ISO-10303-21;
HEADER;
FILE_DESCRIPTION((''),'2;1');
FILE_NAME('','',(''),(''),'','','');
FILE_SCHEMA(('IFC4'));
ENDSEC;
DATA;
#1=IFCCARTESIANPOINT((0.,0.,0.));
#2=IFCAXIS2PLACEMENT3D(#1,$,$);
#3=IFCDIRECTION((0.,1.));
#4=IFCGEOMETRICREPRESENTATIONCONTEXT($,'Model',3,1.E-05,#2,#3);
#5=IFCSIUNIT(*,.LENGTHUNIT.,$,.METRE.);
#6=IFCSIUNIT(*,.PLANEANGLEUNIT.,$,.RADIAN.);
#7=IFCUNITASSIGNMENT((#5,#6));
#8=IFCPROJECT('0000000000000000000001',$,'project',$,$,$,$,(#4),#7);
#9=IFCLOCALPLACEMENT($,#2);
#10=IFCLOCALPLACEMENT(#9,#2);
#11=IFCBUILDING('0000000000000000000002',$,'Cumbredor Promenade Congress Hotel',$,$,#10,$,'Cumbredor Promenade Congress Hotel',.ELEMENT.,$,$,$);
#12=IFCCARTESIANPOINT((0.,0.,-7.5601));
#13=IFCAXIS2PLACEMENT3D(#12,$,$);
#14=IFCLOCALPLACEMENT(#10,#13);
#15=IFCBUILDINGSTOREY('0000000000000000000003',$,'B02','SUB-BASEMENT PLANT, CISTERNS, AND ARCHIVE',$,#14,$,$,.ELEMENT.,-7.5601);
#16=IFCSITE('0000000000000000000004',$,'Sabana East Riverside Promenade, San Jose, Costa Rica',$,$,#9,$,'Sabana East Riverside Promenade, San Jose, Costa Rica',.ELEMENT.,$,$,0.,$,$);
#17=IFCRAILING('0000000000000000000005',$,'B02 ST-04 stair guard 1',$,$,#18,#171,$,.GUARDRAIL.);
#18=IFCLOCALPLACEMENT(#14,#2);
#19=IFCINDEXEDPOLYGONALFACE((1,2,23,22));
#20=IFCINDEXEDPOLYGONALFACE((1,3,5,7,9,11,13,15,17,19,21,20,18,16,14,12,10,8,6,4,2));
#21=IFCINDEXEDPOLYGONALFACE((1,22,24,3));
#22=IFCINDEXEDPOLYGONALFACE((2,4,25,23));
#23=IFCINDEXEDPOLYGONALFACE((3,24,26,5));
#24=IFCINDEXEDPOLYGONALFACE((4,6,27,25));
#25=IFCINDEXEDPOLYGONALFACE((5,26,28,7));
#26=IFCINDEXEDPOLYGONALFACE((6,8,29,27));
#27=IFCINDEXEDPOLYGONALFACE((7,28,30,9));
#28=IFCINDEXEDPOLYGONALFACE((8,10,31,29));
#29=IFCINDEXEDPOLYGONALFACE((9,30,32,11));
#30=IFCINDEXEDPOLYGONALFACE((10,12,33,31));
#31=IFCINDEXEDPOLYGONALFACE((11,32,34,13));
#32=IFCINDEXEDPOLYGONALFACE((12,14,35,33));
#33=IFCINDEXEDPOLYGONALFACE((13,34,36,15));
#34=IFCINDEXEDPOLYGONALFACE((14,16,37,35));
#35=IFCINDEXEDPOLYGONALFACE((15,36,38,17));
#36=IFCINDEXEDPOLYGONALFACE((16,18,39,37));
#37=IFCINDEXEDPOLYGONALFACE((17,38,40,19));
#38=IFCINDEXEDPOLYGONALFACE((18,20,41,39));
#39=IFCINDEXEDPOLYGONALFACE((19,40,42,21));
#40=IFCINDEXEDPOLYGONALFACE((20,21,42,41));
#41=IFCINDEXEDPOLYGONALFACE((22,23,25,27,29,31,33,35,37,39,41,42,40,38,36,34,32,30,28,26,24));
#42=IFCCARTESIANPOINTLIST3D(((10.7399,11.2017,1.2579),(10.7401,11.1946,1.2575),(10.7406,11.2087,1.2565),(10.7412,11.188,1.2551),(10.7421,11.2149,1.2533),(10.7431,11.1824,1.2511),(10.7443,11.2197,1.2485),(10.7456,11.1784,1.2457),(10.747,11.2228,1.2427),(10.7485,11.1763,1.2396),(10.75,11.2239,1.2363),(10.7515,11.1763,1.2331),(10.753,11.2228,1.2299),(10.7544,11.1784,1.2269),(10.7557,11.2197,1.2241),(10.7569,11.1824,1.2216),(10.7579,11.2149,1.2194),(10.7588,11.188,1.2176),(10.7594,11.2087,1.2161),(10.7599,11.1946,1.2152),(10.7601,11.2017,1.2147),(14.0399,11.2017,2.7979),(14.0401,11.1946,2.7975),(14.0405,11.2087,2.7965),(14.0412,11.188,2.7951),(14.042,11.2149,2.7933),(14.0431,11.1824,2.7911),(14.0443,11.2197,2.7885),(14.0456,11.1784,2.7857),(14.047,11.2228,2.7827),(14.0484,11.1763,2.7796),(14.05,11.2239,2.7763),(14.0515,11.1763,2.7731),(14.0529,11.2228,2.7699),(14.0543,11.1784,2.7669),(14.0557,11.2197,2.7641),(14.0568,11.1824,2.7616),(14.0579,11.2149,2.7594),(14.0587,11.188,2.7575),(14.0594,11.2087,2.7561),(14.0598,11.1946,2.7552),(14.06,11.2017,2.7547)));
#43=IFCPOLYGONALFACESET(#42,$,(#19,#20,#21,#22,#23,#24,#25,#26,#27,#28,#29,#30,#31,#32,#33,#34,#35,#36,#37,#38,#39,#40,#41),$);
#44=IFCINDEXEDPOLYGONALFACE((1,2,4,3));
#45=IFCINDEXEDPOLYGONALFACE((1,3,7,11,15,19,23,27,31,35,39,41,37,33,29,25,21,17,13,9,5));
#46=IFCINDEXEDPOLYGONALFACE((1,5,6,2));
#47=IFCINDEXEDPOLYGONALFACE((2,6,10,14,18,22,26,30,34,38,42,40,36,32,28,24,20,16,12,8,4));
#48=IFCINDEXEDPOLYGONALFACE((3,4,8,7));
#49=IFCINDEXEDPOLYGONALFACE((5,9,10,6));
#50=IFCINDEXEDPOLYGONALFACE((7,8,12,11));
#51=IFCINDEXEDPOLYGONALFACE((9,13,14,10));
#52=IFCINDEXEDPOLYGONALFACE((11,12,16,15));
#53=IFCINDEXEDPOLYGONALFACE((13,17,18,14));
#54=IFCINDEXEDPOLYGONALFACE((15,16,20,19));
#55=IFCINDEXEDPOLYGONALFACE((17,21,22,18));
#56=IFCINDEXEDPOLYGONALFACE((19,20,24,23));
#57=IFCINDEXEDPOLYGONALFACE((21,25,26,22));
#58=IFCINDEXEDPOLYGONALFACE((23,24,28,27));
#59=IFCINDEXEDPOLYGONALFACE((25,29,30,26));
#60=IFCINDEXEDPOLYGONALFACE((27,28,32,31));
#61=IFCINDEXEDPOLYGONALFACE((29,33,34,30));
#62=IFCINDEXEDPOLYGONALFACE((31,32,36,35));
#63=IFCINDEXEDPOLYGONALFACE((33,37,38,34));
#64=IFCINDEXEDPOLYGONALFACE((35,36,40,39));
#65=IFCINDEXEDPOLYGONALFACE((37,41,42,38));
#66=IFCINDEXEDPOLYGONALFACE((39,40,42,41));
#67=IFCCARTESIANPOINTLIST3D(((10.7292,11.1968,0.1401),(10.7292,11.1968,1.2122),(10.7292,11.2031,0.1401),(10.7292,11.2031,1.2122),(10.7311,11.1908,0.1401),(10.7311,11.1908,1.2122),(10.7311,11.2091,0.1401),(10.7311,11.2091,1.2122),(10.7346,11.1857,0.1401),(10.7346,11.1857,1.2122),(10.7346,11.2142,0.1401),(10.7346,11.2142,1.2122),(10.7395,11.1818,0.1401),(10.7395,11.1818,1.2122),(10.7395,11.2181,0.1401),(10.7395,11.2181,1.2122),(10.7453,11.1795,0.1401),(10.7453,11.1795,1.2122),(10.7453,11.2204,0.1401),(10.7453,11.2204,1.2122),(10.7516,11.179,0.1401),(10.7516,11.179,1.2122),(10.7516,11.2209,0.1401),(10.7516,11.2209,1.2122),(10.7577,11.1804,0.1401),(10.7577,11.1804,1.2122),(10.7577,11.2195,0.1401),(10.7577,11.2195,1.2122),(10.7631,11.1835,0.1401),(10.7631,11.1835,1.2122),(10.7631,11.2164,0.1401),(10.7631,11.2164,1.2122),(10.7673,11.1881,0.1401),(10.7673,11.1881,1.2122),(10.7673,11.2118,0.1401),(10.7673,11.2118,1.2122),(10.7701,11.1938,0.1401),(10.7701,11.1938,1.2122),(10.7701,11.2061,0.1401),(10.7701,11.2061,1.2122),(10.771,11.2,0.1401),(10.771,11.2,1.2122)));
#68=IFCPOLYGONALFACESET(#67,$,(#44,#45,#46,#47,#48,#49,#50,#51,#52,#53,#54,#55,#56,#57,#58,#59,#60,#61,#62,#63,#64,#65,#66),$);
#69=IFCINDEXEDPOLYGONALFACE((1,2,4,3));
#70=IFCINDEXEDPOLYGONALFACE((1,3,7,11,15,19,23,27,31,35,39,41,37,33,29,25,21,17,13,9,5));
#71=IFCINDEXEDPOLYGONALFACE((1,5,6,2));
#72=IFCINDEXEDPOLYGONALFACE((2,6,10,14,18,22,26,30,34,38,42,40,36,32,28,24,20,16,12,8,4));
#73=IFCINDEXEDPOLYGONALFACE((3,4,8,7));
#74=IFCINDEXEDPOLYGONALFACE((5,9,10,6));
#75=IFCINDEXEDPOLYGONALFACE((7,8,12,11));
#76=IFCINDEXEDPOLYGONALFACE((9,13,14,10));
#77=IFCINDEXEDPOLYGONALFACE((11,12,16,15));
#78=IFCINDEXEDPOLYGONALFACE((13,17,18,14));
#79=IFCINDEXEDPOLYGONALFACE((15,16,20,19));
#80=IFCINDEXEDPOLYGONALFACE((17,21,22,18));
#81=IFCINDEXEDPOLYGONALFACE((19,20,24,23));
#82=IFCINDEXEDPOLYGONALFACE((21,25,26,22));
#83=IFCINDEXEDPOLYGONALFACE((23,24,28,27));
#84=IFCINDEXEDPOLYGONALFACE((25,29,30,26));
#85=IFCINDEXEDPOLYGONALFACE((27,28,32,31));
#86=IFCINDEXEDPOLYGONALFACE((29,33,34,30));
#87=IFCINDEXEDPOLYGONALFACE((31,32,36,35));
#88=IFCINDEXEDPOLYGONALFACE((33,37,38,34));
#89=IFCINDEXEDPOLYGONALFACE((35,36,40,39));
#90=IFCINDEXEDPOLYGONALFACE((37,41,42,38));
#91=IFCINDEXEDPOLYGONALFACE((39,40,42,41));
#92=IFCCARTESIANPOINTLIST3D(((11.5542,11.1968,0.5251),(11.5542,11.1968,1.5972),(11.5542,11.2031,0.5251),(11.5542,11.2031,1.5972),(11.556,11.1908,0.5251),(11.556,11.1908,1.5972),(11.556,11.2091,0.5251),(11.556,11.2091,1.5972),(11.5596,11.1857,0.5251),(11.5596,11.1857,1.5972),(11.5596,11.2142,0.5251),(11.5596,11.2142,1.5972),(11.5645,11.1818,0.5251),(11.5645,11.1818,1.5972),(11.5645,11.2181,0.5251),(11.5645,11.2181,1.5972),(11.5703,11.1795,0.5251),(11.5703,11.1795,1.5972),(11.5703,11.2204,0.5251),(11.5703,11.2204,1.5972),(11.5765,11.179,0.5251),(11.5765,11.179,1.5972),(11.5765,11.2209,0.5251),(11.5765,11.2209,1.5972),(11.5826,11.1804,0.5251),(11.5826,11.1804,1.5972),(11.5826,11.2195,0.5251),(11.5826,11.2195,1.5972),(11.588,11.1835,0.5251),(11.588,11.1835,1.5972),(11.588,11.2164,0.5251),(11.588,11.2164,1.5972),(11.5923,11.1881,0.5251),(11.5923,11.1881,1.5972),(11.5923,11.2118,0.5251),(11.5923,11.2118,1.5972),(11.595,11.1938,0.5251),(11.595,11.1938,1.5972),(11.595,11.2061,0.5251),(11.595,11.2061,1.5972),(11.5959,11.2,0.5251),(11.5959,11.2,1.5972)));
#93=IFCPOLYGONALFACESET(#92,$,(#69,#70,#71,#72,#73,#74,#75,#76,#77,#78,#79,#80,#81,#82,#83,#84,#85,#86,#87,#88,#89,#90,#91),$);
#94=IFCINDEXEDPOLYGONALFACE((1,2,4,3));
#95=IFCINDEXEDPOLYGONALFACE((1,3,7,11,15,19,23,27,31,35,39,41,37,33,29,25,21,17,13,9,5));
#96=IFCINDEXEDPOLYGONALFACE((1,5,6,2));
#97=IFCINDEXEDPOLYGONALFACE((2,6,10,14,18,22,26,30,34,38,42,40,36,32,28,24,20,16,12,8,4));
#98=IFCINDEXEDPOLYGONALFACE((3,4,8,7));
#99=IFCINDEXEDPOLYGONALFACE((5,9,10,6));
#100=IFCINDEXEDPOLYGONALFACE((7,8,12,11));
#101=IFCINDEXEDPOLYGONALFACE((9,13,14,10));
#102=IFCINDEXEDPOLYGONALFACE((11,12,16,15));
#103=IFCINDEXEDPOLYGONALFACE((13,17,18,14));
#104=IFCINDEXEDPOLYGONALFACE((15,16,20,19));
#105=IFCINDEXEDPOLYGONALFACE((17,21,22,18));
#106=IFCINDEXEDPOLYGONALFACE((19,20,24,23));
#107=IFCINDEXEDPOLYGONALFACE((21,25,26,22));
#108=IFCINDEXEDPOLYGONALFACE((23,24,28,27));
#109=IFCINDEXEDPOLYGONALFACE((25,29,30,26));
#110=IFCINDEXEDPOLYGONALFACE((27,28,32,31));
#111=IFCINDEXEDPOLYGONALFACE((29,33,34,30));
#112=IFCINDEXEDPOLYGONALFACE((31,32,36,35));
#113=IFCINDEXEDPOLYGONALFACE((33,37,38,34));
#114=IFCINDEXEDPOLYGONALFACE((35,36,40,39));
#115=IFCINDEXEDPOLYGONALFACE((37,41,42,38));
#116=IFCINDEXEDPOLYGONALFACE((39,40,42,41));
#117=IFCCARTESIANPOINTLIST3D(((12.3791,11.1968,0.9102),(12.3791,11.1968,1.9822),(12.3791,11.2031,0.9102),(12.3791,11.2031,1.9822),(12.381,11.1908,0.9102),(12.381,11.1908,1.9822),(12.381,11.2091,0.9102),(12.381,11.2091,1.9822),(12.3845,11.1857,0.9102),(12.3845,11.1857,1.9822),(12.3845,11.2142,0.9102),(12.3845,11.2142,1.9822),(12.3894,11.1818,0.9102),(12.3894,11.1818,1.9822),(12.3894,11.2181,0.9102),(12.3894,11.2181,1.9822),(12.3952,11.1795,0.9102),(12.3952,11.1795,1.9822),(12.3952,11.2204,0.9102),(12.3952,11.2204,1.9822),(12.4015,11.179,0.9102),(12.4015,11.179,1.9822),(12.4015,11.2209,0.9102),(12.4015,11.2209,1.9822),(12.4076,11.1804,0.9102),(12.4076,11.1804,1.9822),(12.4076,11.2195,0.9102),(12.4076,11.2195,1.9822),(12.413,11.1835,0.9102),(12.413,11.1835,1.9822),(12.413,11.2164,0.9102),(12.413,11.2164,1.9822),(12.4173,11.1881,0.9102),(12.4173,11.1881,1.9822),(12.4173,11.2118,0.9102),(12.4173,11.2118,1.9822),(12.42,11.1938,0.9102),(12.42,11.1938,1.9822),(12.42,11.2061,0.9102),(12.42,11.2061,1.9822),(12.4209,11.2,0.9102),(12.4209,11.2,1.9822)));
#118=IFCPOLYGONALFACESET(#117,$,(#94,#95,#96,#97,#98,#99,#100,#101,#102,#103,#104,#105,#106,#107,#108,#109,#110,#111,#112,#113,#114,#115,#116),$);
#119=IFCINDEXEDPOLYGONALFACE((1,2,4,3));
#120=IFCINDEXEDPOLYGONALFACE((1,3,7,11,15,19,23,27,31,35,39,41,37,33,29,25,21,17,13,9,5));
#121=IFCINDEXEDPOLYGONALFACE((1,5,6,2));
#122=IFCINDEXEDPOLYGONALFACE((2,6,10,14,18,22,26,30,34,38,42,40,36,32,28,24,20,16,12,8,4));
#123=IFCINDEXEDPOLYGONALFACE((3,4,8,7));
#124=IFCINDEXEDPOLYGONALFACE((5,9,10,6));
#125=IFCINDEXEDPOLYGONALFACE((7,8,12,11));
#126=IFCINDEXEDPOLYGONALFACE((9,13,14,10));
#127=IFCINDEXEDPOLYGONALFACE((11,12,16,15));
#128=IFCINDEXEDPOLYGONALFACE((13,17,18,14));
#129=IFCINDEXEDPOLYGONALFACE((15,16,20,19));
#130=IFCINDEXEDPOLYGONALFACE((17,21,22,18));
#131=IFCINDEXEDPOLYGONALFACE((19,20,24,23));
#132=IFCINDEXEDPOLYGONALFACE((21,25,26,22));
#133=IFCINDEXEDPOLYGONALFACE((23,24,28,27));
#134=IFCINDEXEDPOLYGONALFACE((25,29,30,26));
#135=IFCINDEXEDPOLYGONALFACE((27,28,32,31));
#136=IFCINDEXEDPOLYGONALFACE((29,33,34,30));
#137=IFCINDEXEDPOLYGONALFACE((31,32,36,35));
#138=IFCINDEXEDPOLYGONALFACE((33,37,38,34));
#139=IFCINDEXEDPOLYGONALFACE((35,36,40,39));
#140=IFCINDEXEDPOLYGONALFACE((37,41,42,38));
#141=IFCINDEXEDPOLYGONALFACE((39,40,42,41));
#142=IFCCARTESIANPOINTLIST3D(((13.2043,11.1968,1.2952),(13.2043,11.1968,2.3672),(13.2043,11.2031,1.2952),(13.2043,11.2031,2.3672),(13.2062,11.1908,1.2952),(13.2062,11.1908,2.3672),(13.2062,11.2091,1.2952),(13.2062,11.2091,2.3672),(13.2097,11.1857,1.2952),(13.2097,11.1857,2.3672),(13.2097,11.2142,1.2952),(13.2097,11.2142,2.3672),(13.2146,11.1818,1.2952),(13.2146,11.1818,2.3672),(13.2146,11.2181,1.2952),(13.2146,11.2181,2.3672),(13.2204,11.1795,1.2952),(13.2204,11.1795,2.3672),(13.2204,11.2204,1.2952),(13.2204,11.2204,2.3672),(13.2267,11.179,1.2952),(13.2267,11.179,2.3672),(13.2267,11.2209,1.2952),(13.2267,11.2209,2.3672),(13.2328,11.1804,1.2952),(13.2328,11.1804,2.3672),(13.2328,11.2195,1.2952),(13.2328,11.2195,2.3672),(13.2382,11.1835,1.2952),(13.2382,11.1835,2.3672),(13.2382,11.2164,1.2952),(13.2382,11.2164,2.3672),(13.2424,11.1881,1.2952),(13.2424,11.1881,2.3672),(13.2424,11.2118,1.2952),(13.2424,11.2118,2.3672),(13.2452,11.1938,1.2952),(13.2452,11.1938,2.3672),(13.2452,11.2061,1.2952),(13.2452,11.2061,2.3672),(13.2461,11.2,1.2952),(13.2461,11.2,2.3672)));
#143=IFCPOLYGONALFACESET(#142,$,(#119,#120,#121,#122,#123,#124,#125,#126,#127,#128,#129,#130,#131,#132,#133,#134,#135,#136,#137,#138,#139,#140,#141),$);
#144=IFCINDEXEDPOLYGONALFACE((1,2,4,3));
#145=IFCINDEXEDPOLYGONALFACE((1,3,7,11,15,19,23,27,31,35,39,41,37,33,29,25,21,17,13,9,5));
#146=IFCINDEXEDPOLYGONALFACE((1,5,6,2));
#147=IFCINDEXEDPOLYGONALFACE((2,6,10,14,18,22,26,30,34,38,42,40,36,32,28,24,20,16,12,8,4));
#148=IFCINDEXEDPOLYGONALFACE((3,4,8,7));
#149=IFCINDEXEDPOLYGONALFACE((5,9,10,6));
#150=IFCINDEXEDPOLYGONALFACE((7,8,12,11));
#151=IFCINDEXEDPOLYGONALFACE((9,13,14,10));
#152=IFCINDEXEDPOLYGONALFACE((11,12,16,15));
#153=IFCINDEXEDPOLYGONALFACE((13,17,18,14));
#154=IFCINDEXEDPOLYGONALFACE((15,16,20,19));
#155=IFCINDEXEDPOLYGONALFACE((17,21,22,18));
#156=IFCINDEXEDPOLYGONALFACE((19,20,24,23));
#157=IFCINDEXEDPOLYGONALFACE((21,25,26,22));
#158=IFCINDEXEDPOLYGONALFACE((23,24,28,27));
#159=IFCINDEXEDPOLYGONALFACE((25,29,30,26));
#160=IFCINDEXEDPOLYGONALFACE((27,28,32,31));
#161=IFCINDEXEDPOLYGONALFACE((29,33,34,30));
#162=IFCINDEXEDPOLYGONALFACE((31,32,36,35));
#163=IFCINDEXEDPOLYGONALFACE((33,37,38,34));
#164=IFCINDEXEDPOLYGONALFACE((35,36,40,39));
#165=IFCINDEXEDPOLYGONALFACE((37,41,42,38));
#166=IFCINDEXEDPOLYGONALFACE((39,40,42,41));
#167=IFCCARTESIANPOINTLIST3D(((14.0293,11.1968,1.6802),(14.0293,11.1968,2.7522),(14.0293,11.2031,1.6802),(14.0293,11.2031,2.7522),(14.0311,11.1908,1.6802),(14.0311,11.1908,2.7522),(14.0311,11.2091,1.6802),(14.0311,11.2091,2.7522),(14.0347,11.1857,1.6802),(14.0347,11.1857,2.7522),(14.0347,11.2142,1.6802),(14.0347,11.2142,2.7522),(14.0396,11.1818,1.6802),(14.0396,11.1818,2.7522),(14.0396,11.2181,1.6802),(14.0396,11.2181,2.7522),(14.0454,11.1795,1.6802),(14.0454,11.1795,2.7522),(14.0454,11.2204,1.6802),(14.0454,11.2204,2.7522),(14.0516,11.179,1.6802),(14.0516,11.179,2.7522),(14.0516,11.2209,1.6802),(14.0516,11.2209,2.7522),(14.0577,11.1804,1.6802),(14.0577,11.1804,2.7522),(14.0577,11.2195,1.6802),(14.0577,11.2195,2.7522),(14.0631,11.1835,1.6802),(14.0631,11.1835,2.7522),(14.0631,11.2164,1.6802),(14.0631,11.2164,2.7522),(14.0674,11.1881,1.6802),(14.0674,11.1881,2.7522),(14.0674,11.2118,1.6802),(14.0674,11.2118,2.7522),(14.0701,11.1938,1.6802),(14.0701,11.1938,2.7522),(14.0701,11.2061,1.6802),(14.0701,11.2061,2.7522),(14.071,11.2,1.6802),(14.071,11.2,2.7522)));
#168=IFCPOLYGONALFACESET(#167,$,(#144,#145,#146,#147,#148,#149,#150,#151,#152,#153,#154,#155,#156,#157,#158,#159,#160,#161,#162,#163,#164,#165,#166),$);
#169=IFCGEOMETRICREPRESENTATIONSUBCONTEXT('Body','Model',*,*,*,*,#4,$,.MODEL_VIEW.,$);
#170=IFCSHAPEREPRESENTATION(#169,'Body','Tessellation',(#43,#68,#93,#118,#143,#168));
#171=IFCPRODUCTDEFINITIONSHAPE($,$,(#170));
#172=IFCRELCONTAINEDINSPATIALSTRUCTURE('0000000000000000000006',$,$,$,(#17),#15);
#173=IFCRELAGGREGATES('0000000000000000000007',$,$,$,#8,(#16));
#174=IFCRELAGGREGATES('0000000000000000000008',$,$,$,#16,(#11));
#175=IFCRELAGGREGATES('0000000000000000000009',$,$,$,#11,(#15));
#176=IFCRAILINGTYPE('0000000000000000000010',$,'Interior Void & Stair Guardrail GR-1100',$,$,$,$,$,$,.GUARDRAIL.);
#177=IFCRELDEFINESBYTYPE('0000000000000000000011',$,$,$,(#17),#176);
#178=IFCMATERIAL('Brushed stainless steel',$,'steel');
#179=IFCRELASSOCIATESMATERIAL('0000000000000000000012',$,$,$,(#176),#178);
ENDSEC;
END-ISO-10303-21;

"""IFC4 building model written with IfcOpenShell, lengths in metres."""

from ifc_helpers import new_model, si_unit, direction, frame, origin, origin_2d, place, context, subcontext, project, spatial, circle, extrude, material, type_object, element, save


model = new_model("IFC4")

# Units and contexts
model_context = context("Model", 3, precision=1e-05, world=origin(), true_north=direction((0.0, 1.0)))
body_context = subcontext(model_context, "Body", "Model", "MODEL_VIEW")
ifc_project = project(units=[si_unit("LENGTHUNIT", "METRE"), si_unit("PLANEANGLEUNIT", "RADIAN")], contexts=[model_context])

# Site, building, storey
site_placement = place(None, origin())
site = spatial("IfcSite", under=ifc_project, at=site_placement, Name="Sabana East Riverside Promenade, San Jose, Costa Rica", LongName="Sabana East Riverside Promenade, San Jose, Costa Rica", CompositionType="ELEMENT", RefElevation=0.0)
building_placement = place(site_placement, origin())
building = spatial("IfcBuilding", under=site, at=building_placement, Name="Cumbredor Promenade Congress Hotel", LongName="Cumbredor Promenade Congress Hotel", CompositionType="ELEMENT")
storey_placement = place(building_placement, frame((0.0, 0.0, -7.5601)))
storey = spatial("IfcBuildingStorey", under=building, at=storey_placement, Name="B02", Description="SUB-BASEMENT PLANT, CISTERNS, AND ARCHIVE", CompositionType="ELEMENT", Elevation=-7.5601)

# Railing
ifc_material_1 = material(Name="Brushed stainless steel", Category="steel")
railing_type_1 = type_object("IfcRailingType", Name="Interior Void & Stair Guardrail GR-1100", PredefinedType="GUARDRAIL", material=ifc_material_1)
railing_1_placement = place(storey_placement, frame((10.75, 11.2, 0.1401)))
element("IfcRailing", 1, at=railing_1_placement, inside=storey, type_object=railing_type_1, Name="B02 ST-04 stair guard 1", PredefinedType="GUARDRAIL", context=body_context, shape_type="SweptSolid", body=[
    extrude(circle(Radius=0.0239, at=origin_2d()), frame((0.0, 0.0, 1.0962), z_axis=(0.906181, 0.0, 0.422889), x_axis=(0.0, 1.0, 0.0)), (0.0, 0.0, 1.0), 3.6416),
    extrude(circle(Radius=0.021, at=origin_2d()), origin(), (0.0, 0.0, 1.0), 1.072),
    extrude(circle(Radius=0.021, at=origin_2d()), frame((0.825, 0.0, 0.385)), (0.0, 0.0, 1.0), 1.072),
    extrude(circle(Radius=0.021, at=origin_2d()), frame((1.6499, 0.0, 0.77)), (0.0, 0.0, 1.0), 1.072),
    extrude(circle(Radius=0.021, at=origin_2d()), frame((2.4751, 0.0, 1.155)), (0.0, 0.0, 1.0), 1.072),
    extrude(circle(Radius=0.021, at=origin_2d()), frame((3.3, 0.0, 1.54)), (0.0, 0.0, 1.0), 1.072),
])

save(model, "model.ifc")
